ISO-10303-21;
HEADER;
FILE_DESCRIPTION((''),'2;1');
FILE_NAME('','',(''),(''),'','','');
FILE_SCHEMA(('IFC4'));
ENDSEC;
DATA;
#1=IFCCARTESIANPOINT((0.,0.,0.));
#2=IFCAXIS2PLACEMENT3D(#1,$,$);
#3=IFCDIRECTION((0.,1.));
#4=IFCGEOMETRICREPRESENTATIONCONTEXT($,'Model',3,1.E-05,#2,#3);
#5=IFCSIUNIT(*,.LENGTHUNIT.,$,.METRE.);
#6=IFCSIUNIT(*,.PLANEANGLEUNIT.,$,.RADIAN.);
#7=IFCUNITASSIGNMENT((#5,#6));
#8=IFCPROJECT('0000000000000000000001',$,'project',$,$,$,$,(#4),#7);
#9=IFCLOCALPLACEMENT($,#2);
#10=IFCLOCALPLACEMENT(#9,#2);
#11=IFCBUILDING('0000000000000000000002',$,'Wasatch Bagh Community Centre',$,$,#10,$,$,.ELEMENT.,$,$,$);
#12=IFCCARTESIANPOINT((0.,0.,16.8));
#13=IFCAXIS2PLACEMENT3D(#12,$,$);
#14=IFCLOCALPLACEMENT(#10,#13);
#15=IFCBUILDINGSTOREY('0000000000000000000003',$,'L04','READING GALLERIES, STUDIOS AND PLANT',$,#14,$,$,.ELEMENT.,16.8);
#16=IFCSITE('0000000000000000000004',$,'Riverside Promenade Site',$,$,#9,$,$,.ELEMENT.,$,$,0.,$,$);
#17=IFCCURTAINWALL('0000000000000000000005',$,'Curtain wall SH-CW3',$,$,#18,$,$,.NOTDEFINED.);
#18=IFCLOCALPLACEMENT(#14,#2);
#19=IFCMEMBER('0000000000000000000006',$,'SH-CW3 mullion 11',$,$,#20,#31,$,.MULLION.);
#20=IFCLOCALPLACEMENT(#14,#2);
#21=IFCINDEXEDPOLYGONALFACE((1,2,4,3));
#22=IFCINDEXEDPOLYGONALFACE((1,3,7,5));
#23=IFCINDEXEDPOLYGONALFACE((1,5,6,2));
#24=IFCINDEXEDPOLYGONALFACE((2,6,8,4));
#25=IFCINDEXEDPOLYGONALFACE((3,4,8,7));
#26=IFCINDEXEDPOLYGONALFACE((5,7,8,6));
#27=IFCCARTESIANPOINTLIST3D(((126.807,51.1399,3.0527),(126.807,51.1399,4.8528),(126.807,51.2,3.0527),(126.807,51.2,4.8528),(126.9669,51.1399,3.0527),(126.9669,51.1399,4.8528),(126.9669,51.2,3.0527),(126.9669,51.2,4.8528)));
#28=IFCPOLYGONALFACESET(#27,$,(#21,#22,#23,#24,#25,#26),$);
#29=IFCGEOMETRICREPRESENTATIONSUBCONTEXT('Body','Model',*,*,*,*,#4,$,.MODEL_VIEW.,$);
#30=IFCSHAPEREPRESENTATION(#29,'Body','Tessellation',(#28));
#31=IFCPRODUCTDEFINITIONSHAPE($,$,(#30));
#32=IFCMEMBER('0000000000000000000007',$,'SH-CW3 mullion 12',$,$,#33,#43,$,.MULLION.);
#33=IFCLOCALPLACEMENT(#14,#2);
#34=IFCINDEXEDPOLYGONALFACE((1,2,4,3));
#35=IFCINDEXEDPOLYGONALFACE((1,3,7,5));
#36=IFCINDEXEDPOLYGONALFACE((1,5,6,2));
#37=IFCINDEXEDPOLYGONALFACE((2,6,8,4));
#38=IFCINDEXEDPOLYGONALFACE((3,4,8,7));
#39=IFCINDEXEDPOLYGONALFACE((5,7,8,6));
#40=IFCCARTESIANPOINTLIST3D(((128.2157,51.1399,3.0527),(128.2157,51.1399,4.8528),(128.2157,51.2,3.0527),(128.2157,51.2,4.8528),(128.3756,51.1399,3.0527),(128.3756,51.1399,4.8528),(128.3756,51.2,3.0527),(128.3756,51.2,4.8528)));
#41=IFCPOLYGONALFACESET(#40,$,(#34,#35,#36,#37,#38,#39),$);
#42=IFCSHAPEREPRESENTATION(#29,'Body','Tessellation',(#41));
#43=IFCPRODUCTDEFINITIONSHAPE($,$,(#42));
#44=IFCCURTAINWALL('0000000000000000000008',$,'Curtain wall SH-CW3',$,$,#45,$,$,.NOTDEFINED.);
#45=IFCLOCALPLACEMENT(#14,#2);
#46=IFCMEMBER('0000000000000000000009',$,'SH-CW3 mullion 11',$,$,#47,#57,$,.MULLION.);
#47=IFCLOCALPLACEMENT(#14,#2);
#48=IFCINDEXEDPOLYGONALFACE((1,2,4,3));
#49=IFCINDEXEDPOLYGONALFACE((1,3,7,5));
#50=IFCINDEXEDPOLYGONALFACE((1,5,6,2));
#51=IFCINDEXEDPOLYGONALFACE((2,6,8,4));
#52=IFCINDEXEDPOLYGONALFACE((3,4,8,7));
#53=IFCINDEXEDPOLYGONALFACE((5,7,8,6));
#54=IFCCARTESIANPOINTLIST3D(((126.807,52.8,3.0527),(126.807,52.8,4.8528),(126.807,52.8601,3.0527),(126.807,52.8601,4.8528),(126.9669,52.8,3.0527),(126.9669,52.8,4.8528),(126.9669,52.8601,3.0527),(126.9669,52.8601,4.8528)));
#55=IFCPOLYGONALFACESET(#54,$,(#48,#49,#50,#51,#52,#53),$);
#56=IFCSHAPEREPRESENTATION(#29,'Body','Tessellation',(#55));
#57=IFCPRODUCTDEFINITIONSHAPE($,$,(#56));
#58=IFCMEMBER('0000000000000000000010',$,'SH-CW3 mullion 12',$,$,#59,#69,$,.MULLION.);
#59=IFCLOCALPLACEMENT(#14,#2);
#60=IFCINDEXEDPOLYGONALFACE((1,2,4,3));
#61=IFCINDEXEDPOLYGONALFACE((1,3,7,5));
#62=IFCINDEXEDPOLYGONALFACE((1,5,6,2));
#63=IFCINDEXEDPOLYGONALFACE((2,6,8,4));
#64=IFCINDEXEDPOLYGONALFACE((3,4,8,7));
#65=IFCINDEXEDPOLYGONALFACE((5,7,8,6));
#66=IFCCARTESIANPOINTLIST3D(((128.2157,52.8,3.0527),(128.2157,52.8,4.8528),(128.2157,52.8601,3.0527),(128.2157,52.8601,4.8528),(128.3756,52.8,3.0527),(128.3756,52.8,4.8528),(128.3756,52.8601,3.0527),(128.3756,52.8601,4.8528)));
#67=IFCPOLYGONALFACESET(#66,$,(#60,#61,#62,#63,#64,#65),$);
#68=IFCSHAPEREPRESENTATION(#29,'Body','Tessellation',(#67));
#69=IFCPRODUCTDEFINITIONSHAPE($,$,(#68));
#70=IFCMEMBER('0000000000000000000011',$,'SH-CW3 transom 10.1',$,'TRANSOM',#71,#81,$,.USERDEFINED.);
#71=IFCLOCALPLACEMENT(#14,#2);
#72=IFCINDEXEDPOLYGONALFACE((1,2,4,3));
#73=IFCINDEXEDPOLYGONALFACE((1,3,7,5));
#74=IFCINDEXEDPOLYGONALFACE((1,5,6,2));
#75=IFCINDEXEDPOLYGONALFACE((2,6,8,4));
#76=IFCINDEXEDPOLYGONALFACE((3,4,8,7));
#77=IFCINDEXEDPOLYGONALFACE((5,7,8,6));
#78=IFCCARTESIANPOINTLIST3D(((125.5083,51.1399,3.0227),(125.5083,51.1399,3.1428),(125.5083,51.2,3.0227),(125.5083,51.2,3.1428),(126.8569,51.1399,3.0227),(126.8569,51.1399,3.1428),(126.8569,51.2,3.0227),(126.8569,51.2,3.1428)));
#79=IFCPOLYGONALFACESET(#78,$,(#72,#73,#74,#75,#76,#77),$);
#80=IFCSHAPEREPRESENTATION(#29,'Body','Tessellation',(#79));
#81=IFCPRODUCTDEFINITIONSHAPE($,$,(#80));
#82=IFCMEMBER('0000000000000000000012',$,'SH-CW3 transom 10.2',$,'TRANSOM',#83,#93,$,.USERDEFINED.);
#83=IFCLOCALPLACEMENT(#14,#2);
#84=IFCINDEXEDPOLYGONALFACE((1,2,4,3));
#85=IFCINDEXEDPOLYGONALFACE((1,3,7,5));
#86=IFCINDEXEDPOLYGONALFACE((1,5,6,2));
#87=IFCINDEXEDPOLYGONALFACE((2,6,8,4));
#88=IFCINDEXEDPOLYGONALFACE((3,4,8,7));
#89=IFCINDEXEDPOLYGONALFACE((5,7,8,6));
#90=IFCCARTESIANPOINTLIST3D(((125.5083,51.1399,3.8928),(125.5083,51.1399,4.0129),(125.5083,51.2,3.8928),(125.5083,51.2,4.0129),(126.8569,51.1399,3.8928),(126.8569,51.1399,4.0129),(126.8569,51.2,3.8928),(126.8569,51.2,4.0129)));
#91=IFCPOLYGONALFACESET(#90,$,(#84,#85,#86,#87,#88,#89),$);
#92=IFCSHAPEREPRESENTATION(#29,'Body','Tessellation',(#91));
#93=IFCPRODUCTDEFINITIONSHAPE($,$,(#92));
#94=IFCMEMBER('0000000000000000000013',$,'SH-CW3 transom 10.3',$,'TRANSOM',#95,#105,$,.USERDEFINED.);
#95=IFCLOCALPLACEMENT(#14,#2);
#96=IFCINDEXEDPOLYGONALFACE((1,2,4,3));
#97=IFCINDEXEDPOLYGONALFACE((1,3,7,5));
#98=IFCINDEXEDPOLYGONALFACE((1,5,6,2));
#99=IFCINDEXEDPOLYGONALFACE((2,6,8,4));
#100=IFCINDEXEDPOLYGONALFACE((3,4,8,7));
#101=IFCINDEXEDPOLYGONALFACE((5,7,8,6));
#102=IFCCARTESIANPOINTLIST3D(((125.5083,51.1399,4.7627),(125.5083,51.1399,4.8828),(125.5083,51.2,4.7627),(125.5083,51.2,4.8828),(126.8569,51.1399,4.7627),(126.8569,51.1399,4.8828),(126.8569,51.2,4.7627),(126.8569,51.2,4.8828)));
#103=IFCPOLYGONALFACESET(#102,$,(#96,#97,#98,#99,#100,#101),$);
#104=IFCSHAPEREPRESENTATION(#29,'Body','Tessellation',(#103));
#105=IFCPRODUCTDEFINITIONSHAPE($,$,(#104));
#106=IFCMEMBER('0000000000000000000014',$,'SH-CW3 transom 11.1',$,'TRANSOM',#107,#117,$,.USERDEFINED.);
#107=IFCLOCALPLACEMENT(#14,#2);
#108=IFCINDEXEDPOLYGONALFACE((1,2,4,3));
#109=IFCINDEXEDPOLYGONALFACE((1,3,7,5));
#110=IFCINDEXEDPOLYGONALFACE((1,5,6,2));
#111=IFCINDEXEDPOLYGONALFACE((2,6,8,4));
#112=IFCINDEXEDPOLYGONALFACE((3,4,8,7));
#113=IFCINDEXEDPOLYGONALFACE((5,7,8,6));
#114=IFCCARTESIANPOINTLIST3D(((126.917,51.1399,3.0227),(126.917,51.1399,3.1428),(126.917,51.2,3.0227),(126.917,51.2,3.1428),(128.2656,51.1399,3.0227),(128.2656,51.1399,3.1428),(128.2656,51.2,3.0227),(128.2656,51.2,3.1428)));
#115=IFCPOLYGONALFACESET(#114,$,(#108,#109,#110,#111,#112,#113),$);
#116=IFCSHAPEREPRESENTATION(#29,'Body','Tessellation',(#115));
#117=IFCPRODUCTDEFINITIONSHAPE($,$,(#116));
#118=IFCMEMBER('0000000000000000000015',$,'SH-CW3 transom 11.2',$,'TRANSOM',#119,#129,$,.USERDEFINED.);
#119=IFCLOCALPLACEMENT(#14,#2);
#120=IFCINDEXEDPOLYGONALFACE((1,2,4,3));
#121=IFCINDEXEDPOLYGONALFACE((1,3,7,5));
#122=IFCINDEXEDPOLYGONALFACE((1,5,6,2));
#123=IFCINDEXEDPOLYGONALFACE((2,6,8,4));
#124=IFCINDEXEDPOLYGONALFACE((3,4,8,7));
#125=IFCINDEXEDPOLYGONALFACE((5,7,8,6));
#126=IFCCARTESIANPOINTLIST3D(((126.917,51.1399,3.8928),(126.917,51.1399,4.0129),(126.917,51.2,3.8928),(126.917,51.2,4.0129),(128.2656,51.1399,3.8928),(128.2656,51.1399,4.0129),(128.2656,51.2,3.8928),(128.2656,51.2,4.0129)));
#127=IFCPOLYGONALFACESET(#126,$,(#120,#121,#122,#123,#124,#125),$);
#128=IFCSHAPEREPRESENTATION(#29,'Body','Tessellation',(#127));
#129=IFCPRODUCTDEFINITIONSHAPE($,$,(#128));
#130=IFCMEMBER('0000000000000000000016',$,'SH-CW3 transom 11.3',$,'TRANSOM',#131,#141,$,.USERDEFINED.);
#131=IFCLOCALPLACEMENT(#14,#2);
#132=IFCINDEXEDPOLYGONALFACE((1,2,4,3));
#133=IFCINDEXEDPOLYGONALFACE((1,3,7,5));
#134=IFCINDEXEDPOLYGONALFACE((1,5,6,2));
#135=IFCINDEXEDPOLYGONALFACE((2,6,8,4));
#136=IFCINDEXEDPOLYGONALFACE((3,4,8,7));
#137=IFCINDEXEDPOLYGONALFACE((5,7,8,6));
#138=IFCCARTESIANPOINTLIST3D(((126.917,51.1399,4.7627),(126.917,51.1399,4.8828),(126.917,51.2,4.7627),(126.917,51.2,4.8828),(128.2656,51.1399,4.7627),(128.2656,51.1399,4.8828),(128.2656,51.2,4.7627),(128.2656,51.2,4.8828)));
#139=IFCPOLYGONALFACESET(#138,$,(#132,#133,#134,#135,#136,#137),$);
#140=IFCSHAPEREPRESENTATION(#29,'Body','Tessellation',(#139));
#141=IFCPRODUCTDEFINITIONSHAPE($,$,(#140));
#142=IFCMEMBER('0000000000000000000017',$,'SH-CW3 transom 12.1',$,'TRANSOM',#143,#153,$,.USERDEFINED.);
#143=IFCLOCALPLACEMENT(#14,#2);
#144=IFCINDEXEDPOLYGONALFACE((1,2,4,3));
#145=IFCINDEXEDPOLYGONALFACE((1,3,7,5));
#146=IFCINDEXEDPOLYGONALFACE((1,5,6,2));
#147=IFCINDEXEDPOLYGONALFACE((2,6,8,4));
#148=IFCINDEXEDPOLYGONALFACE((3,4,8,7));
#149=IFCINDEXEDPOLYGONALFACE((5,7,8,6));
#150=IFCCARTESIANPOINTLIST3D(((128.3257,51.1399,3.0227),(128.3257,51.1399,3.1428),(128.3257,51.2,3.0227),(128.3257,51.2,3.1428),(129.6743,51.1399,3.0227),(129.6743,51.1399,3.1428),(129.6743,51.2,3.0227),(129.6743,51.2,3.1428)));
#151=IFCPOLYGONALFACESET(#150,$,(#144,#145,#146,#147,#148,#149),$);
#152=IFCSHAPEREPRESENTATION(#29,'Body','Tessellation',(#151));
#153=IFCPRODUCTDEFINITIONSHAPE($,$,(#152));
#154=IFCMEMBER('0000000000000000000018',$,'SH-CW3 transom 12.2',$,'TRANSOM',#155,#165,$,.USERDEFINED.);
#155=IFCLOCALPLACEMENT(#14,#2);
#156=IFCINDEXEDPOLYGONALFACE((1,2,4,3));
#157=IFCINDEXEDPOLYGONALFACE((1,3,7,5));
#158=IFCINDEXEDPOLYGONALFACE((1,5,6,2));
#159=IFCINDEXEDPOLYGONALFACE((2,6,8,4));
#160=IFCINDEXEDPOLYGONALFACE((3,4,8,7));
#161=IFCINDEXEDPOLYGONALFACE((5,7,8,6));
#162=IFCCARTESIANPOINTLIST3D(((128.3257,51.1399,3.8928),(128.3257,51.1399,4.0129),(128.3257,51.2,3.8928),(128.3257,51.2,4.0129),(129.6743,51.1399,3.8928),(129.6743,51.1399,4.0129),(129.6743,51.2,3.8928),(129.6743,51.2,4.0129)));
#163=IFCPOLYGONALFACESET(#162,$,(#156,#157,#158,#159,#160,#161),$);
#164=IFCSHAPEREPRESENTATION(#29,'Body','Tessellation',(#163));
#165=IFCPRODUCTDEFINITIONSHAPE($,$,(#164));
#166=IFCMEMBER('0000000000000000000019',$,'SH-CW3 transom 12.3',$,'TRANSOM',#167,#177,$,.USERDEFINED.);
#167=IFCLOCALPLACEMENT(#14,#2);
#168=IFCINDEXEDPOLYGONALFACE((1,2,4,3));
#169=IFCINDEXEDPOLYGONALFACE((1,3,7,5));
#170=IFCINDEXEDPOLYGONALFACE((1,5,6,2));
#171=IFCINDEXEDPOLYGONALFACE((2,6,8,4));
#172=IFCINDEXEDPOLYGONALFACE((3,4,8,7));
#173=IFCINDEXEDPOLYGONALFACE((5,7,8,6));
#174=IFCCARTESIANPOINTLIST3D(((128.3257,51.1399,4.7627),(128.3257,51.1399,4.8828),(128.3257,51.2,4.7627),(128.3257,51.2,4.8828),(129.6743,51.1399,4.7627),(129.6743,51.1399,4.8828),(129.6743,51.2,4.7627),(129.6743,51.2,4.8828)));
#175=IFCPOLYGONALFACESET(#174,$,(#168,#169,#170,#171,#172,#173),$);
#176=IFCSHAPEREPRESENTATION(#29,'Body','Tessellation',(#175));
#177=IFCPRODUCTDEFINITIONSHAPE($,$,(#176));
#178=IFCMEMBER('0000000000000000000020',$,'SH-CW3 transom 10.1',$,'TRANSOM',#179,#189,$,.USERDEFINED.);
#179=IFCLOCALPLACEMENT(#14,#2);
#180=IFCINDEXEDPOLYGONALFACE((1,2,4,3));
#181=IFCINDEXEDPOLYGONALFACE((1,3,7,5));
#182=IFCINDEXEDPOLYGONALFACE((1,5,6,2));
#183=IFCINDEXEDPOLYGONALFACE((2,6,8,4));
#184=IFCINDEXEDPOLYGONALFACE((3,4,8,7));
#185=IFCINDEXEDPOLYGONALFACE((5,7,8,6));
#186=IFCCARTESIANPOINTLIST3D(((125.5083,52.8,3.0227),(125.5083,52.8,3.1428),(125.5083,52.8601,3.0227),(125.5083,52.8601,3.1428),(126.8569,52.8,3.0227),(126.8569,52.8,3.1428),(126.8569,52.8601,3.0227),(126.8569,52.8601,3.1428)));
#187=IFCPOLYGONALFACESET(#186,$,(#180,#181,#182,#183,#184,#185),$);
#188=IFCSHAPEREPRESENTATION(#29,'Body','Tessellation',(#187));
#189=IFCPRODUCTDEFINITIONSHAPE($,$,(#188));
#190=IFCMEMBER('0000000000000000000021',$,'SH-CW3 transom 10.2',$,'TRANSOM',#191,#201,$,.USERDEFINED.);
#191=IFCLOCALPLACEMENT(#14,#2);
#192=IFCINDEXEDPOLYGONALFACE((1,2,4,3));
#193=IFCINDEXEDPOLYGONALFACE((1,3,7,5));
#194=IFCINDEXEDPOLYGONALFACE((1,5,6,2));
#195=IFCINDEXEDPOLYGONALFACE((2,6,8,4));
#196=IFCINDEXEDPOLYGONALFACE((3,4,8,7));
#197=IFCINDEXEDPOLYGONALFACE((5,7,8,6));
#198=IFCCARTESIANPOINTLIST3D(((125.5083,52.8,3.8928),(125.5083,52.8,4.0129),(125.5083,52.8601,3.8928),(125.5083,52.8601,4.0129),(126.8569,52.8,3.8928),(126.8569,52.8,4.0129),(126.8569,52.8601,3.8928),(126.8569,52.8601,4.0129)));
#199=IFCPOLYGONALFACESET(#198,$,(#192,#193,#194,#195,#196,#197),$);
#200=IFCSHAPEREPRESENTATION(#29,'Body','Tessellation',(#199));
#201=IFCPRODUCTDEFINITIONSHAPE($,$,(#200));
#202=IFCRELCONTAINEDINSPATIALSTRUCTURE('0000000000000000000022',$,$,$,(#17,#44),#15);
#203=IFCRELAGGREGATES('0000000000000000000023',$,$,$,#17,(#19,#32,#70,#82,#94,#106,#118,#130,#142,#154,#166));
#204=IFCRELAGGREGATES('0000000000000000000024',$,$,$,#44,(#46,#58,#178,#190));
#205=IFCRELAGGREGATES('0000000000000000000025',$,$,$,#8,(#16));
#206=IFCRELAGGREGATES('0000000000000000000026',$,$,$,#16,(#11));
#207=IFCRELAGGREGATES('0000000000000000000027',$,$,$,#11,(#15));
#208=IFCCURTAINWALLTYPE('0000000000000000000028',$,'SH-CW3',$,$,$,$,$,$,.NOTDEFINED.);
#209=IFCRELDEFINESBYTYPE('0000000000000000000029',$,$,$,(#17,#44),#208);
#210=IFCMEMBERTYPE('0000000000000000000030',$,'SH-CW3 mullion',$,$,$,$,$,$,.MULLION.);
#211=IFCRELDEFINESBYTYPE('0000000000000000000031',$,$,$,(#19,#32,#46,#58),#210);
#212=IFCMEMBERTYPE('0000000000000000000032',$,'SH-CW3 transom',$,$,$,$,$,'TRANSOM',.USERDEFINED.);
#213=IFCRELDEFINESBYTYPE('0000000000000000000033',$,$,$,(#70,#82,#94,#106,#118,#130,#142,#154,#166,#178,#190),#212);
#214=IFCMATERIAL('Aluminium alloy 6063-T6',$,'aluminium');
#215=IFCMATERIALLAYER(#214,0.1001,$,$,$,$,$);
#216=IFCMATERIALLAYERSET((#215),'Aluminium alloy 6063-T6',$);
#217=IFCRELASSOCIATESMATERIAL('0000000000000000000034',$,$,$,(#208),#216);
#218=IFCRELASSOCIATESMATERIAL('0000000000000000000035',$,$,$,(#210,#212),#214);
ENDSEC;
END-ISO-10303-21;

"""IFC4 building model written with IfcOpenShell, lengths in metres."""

from ifc_helpers import new_model, si_unit, direction, frame, origin, origin_2d, place, context, subcontext, project, spatial, rectangle, extrude, material, layer, layer_set, material_profile, profile_set, type_object, element, aggregate, save


model = new_model("IFC4")

# Units and contexts
model_context = context("Model", 3, precision=1e-05, world=origin(), true_north=direction((0.0, 1.0)))
body_context = subcontext(model_context, "Body", "Model", "MODEL_VIEW")
ifc_project = project(units=[si_unit("LENGTHUNIT", "METRE"), si_unit("PLANEANGLEUNIT", "RADIAN")], contexts=[model_context])

# Site, building, storey
site_placement = place(None, origin())
site = spatial("IfcSite", under=ifc_project, at=site_placement, Name="Riverside Promenade Site", CompositionType="ELEMENT", RefElevation=0.0)
building_placement = place(site_placement, origin())
building = spatial("IfcBuilding", under=site, at=building_placement, Name="Wasatch Bagh Community Centre", CompositionType="ELEMENT")
storey_placement = place(building_placement, frame((0.0, 0.0, 16.8)))
storey = spatial("IfcBuildingStorey", under=building, at=storey_placement, Name="L04", Description="READING GALLERIES, STUDIOS AND PLANT", CompositionType="ELEMENT", Elevation=16.8)

# Curtain walls, members
ifc_material_1 = material(Name="Aluminium alloy 6063-T6", Category="aluminium")
ifc_layer_1 = layer(ifc_material_1, 0.1001)
ifc_layer_set_1 = layer_set([ifc_layer_1], Name="Aluminium alloy 6063-T6")
curtain_wall_type = type_object("IfcCurtainWallType", Name="SH-CW3", PredefinedType="NOTDEFINED", material=ifc_layer_set_1)
curtain_wall_1_placement = place(storey_placement, origin())
curtain_wall_1 = element("IfcCurtainWall", 1, at=curtain_wall_1_placement, inside=storey, type_object=curtain_wall_type, Name="Curtain wall SH-CW3", PredefinedType="NOTDEFINED")
ifc_material_profile_1 = material_profile(ifc_material_1, rectangle(XDim=0.0601, YDim=0.1599, at=origin_2d()), Name="AL 60x160")
ifc_profile_set_1 = profile_set([ifc_material_profile_1], Name="Aluminium alloy 6063-T6")
member_type_1 = type_object("IfcMemberType", Name="SH-CW3 mullion", PredefinedType="MULLION", material=ifc_profile_set_1)
member_1_placement = place(storey_placement, frame((126.887, 51.1699, 3.0527), z_axis=(0.0, 0.0, 1.0), x_axis=(0.0, 1.0, 0.0)))
member_1 = element("IfcMember", 2, at=member_1_placement, type_object=member_type_1, Name="SH-CW3 mullion 11", PredefinedType="MULLION", context=body_context, shape_type="SweptSolid", body=[
    extrude(rectangle(XDim=0.0601, YDim=0.1599, at=origin_2d()), origin(), (0.0, 0.0, 1.0), 1.8),
])
member_2_placement = place(storey_placement, frame((128.2957, 51.1699, 3.0527), z_axis=(0.0, 0.0, 1.0), x_axis=(0.0, 1.0, 0.0)))
member_2 = element("IfcMember", 3, at=member_2_placement, type_object=member_type_1, Name="SH-CW3 mullion 12", PredefinedType="MULLION", context=body_context, shape_type="SweptSolid", body=[
    extrude(rectangle(XDim=0.0601, YDim=0.1599, at=origin_2d()), origin(), (0.0, 0.0, 1.0), 1.8),
])
curtain_wall_2_placement = place(storey_placement, origin())
curtain_wall_2 = element("IfcCurtainWall", 4, at=curtain_wall_2_placement, inside=storey, type_object=curtain_wall_type, Name="Curtain wall SH-CW3", PredefinedType="NOTDEFINED")
member_3_placement = place(storey_placement, frame((126.887, 52.8301, 3.0527), z_axis=(0.0, 0.0, 1.0), x_axis=(0.0, 1.0, 0.0)))
member_3 = element("IfcMember", 5, at=member_3_placement, type_object=member_type_1, Name="SH-CW3 mullion 11", PredefinedType="MULLION", context=body_context, shape_type="SweptSolid", body=[
    extrude(rectangle(XDim=0.0601, YDim=0.1599, at=origin_2d()), origin(), (0.0, 0.0, 1.0), 1.8),
])
member_4_placement = place(storey_placement, frame((128.2957, 52.8301, 3.0527), z_axis=(0.0, 0.0, 1.0), x_axis=(0.0, 1.0, 0.0)))
member_4 = element("IfcMember", 6, at=member_4_placement, type_object=member_type_1, Name="SH-CW3 mullion 12", PredefinedType="MULLION", context=body_context, shape_type="SweptSolid", body=[
    extrude(rectangle(XDim=0.0601, YDim=0.1599, at=origin_2d()), origin(), (0.0, 0.0, 1.0), 1.8),
])

# Members
ifc_material_profile_2 = material_profile(ifc_material_1, rectangle(XDim=0.0601, YDim=0.1201, at=origin_2d()), Name="AL 60x120")
ifc_profile_set_2 = profile_set([ifc_material_profile_2], Name="Aluminium alloy 6063-T6")
member_type_2 = type_object("IfcMemberType", Name="SH-CW3 transom", ElementType="TRANSOM", PredefinedType="USERDEFINED", material=ifc_profile_set_2)
member_5_placement = place(storey_placement, frame((125.5083, 51.1699, 3.0828), z_axis=(1.0, 0.0, 0.0), x_axis=(0.0, 1.0, 0.0)))
member_5 = element("IfcMember", 7, at=member_5_placement, type_object=member_type_2, Name="SH-CW3 transom 10.1", ObjectType="TRANSOM", PredefinedType="USERDEFINED", context=body_context, shape_type="SweptSolid", body=[
    extrude(rectangle(XDim=0.0601, YDim=0.1201, at=origin_2d()), origin(), (0.0, 0.0, 1.0), 1.3486),
])
member_6_placement = place(storey_placement, frame((125.5083, 51.1699, 3.9529), z_axis=(1.0, 0.0, 0.0), x_axis=(0.0, 1.0, 0.0)))
member_6 = element("IfcMember", 8, at=member_6_placement, type_object=member_type_2, Name="SH-CW3 transom 10.2", ObjectType="TRANSOM", PredefinedType="USERDEFINED", context=body_context, shape_type="SweptSolid", body=[
    extrude(rectangle(XDim=0.0601, YDim=0.1201, at=origin_2d()), origin(), (0.0, 0.0, 1.0), 1.3486),
])
member_7_placement = place(storey_placement, frame((125.5083, 51.1699, 4.8228), z_axis=(1.0, 0.0, 0.0), x_axis=(0.0, 1.0, 0.0)))
member_7 = element("IfcMember", 9, at=member_7_placement, type_object=member_type_2, Name="SH-CW3 transom 10.3", ObjectType="TRANSOM", PredefinedType="USERDEFINED", context=body_context, shape_type="SweptSolid", body=[
    extrude(rectangle(XDim=0.0601, YDim=0.1201, at=origin_2d()), origin(), (0.0, 0.0, 1.0), 1.3486),
])
member_8_placement = place(storey_placement, frame((126.917, 51.1699, 3.0828), z_axis=(1.0, 0.0, 0.0), x_axis=(0.0, 1.0, 0.0)))
member_8 = element("IfcMember", 10, at=member_8_placement, type_object=member_type_2, Name="SH-CW3 transom 11.1", ObjectType="TRANSOM", PredefinedType="USERDEFINED", context=body_context, shape_type="SweptSolid", body=[
    extrude(rectangle(XDim=0.0601, YDim=0.1201, at=origin_2d()), origin(), (0.0, 0.0, 1.0), 1.3486),
])
member_9_placement = place(storey_placement, frame((126.917, 51.1699, 3.9529), z_axis=(1.0, 0.0, 0.0), x_axis=(0.0, 1.0, 0.0)))
member_9 = element("IfcMember", 11, at=member_9_placement, type_object=member_type_2, Name="SH-CW3 transom 11.2", ObjectType="TRANSOM", PredefinedType="USERDEFINED", context=body_context, shape_type="SweptSolid", body=[
    extrude(rectangle(XDim=0.0601, YDim=0.1201, at=origin_2d()), origin(), (0.0, 0.0, 1.0), 1.3486),
])
member_10_placement = place(storey_placement, frame((126.917, 51.1699, 4.8228), z_axis=(1.0, 0.0, 0.0), x_axis=(0.0, 1.0, 0.0)))
member_10 = element("IfcMember", 12, at=member_10_placement, type_object=member_type_2, Name="SH-CW3 transom 11.3", ObjectType="TRANSOM", PredefinedType="USERDEFINED", context=body_context, shape_type="SweptSolid", body=[
    extrude(rectangle(XDim=0.0601, YDim=0.1201, at=origin_2d()), origin(), (0.0, 0.0, 1.0), 1.3486),
])
member_11_placement = place(storey_placement, frame((128.3257, 51.1699, 3.0828), z_axis=(1.0, 0.0, 0.0), x_axis=(0.0, 1.0, 0.0)))
member_11 = element("IfcMember", 13, at=member_11_placement, type_object=member_type_2, Name="SH-CW3 transom 12.1", ObjectType="TRANSOM", PredefinedType="USERDEFINED", context=body_context, shape_type="SweptSolid", body=[
    extrude(rectangle(XDim=0.0601, YDim=0.1201, at=origin_2d()), origin(), (0.0, 0.0, 1.0), 1.3486),
])
member_12_placement = place(storey_placement, frame((128.3257, 51.1699, 3.9529), z_axis=(1.0, 0.0, 0.0), x_axis=(0.0, 1.0, 0.0)))
member_12 = element("IfcMember", 14, at=member_12_placement, type_object=member_type_2, Name="SH-CW3 transom 12.2", ObjectType="TRANSOM", PredefinedType="USERDEFINED", context=body_context, shape_type="SweptSolid", body=[
    extrude(rectangle(XDim=0.0601, YDim=0.1201, at=origin_2d()), origin(), (0.0, 0.0, 1.0), 1.3486),
])
member_13_placement = place(storey_placement, frame((128.3257, 51.1699, 4.8228), z_axis=(1.0, 0.0, 0.0), x_axis=(0.0, 1.0, 0.0)))
member_13 = element("IfcMember", 15, at=member_13_placement, type_object=member_type_2, Name="SH-CW3 transom 12.3", ObjectType="TRANSOM", PredefinedType="USERDEFINED", context=body_context, shape_type="SweptSolid", body=[
    extrude(rectangle(XDim=0.0601, YDim=0.1201, at=origin_2d()), origin(), (0.0, 0.0, 1.0), 1.3486),
])
member_14_placement = place(storey_placement, frame((125.5083, 52.8301, 3.0828), z_axis=(1.0, 0.0, 0.0), x_axis=(0.0, 1.0, 0.0)))
member_14 = element("IfcMember", 16, at=member_14_placement, type_object=member_type_2, Name="SH-CW3 transom 10.1", ObjectType="TRANSOM", PredefinedType="USERDEFINED", context=body_context, shape_type="SweptSolid", body=[
    extrude(rectangle(XDim=0.0601, YDim=0.1201, at=origin_2d()), origin(), (0.0, 0.0, 1.0), 1.3486),
])
member_15_placement = place(storey_placement, frame((125.5083, 52.8301, 3.9529), z_axis=(1.0, 0.0, 0.0), x_axis=(0.0, 1.0, 0.0)))
member_15 = element("IfcMember", 17, at=member_15_placement, type_object=member_type_2, Name="SH-CW3 transom 10.2", ObjectType="TRANSOM", PredefinedType="USERDEFINED", context=body_context, shape_type="SweptSolid", body=[
    extrude(rectangle(XDim=0.0601, YDim=0.1201, at=origin_2d()), origin(), (0.0, 0.0, 1.0), 1.3486),
])

aggregate(curtain_wall_1, [member_1, member_2, member_5, member_6, member_7, member_8, member_9, member_10, member_11, member_12, member_13])
aggregate(curtain_wall_2, [member_3, member_4, member_14, member_15])

save(model, "model.ifc")
